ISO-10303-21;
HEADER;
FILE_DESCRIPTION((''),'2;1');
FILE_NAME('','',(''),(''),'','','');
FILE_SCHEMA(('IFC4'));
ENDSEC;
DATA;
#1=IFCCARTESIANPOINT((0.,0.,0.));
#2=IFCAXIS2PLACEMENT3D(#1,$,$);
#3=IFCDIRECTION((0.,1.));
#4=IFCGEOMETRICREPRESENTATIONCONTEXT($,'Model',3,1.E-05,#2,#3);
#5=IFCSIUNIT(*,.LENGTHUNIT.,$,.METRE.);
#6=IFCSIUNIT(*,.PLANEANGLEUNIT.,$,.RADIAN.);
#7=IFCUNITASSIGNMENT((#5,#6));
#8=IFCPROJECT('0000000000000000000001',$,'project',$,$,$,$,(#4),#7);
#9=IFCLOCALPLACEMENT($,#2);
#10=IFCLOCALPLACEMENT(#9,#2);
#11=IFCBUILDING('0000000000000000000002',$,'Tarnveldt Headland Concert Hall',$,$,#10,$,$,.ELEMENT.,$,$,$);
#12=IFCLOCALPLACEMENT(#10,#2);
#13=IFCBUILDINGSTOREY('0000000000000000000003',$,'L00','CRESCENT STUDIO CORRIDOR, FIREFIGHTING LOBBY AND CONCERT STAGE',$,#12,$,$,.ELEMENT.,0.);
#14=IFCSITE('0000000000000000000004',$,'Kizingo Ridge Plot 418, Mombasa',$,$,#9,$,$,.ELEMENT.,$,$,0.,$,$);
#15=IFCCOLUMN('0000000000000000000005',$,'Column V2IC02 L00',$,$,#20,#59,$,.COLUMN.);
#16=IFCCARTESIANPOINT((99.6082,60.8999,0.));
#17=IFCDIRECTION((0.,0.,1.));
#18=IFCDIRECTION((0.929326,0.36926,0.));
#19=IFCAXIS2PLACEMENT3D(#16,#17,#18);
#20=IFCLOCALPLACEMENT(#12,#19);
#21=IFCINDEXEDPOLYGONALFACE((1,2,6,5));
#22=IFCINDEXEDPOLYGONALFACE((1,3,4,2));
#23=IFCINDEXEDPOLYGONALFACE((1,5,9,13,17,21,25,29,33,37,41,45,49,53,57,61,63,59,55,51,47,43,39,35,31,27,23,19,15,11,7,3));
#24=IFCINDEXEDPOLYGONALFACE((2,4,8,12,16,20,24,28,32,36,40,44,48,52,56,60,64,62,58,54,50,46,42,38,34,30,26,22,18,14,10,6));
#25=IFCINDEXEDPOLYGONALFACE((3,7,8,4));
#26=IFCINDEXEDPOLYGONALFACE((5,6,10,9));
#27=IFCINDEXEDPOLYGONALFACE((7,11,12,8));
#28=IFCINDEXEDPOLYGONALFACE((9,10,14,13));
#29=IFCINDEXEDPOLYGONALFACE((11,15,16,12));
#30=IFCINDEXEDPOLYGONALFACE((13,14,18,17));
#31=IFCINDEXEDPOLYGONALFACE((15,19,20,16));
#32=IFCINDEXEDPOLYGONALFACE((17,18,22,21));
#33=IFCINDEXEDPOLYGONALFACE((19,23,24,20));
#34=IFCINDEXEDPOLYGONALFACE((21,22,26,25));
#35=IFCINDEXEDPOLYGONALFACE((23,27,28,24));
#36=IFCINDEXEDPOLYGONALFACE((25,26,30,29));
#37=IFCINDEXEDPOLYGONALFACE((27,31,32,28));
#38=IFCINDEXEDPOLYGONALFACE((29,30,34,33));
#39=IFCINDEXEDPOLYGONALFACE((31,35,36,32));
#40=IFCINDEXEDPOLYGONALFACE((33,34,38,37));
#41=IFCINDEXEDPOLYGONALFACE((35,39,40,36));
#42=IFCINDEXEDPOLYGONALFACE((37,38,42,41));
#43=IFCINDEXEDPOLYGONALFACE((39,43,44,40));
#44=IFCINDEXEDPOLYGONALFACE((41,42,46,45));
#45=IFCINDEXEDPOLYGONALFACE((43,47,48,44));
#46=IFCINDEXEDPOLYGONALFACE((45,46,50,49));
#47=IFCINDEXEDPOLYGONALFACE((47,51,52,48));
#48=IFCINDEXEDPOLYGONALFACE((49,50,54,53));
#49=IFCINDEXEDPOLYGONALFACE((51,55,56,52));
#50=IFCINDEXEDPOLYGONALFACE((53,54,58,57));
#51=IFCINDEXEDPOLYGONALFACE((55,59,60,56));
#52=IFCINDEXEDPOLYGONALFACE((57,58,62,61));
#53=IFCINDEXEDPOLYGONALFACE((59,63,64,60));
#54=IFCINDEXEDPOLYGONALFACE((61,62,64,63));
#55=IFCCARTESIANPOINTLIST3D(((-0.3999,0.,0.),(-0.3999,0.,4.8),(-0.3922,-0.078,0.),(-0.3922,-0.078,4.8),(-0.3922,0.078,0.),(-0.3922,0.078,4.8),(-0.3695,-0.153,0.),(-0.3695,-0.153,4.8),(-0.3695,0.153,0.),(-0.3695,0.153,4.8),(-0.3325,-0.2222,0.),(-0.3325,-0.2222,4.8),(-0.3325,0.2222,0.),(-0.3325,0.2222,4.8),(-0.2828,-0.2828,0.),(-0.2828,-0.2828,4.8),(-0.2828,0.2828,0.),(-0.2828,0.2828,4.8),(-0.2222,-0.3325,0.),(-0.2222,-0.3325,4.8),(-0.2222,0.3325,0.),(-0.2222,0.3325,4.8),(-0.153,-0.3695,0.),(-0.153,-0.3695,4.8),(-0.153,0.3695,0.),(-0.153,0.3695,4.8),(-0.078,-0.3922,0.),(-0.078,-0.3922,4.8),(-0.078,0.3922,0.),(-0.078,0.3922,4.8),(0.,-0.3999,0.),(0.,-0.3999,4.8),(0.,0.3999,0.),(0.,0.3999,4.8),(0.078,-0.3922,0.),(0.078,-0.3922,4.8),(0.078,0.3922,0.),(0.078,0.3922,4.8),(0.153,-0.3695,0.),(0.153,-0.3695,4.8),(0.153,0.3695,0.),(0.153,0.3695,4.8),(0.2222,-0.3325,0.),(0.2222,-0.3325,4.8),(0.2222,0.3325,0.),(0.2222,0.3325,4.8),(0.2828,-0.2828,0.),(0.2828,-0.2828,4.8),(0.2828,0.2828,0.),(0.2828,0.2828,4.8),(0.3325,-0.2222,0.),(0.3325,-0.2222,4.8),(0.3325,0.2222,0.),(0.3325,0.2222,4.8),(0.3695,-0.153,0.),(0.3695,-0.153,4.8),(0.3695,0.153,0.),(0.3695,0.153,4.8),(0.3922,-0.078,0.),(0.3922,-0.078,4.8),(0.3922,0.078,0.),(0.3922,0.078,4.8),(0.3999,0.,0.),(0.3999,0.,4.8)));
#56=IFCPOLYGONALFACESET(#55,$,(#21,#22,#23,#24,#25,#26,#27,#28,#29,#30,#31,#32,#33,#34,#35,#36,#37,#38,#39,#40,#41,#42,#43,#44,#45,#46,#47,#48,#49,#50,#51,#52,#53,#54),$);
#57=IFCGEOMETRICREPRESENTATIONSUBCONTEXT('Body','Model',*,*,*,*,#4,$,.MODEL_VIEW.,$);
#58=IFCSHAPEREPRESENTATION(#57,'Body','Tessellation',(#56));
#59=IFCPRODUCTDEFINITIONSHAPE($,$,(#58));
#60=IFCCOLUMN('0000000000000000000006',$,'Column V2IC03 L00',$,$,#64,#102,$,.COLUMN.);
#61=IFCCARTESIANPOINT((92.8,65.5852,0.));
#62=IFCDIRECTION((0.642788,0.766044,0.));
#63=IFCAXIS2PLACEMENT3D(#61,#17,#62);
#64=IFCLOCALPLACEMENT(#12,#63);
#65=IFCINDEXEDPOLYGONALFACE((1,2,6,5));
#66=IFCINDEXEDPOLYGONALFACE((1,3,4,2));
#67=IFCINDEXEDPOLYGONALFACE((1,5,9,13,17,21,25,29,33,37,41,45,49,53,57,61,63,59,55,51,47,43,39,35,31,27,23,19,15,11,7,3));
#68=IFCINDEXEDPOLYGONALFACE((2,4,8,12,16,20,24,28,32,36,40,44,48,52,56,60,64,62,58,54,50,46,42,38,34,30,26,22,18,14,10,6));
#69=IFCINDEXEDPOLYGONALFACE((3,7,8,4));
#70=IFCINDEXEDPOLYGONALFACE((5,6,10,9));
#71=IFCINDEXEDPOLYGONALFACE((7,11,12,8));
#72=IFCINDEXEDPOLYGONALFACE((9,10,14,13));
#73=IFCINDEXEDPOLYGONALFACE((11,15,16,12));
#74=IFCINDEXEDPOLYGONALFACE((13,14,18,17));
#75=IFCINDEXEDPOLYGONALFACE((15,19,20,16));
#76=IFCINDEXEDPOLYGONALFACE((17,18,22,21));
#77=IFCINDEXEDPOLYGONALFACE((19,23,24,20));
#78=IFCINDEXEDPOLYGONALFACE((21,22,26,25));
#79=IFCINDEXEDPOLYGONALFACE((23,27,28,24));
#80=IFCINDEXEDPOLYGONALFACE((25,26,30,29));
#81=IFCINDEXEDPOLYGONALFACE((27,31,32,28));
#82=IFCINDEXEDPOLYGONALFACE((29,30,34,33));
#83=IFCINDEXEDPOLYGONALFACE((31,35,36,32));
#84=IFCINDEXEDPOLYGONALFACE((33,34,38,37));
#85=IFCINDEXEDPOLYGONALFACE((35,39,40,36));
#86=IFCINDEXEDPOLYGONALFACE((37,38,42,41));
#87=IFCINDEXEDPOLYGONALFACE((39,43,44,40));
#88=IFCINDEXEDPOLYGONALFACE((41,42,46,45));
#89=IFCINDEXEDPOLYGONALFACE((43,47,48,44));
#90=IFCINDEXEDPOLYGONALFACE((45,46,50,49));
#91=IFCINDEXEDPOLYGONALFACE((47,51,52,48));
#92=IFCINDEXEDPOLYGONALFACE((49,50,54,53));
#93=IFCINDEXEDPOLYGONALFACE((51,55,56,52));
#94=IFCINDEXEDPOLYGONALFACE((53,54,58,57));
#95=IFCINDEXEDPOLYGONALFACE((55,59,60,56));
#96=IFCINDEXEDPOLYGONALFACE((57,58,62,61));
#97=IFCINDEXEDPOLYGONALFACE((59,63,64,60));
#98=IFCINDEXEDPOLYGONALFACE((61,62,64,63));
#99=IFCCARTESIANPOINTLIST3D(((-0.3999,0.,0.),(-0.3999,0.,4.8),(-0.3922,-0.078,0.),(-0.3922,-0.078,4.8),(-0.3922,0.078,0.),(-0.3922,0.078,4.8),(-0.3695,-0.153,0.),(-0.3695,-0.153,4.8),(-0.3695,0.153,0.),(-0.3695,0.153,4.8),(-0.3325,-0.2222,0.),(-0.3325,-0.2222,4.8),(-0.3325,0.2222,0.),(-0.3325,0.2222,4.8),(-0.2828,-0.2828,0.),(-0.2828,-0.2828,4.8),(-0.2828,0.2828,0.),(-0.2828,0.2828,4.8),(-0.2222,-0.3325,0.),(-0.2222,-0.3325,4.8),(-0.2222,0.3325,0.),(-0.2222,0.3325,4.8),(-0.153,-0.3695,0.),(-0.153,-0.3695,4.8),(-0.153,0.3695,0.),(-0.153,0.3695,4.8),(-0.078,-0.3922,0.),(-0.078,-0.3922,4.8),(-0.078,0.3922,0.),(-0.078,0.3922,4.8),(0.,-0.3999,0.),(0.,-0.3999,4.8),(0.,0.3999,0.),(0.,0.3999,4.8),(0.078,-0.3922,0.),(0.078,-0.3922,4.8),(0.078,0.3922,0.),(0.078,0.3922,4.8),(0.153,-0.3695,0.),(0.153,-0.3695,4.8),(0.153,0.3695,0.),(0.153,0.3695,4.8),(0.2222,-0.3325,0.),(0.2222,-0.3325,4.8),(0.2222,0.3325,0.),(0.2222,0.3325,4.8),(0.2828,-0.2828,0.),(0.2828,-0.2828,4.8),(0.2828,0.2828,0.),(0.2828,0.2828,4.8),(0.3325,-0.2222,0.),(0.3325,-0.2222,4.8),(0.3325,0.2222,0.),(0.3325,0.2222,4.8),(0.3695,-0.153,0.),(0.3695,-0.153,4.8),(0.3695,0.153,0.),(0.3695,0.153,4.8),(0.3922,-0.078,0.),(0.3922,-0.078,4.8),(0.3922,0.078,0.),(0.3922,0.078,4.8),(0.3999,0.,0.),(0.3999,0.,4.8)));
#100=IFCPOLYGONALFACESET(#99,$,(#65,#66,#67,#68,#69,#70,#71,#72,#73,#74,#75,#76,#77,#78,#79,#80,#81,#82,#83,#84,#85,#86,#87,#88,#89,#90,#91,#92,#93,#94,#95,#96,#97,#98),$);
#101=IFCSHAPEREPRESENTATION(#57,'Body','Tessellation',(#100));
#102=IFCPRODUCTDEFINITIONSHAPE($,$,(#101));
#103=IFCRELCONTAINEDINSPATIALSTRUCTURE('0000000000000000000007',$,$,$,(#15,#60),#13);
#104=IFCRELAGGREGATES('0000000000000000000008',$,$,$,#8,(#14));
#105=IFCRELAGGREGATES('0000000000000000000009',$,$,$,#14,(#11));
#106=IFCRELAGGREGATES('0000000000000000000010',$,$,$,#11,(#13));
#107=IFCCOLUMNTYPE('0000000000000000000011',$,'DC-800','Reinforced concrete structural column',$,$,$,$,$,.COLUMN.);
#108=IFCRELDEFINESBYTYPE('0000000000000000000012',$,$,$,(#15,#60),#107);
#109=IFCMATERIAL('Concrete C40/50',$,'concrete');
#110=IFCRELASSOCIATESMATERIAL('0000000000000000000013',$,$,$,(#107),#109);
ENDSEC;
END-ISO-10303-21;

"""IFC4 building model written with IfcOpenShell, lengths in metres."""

from ifc_helpers import new_model, si_unit, direction, frame, origin, origin_2d, place, context, subcontext, project, spatial, circle, extrude, material, material_profile, profile_set, type_object, element, save


model = new_model("IFC4")

# Units and contexts
model_context = context("Model", 3, precision=1e-05, world=origin(), true_north=direction((0.0, 1.0)))
body_context = subcontext(model_context, "Body", "Model", "MODEL_VIEW")
ifc_project = project(units=[si_unit("LENGTHUNIT", "METRE"), si_unit("PLANEANGLEUNIT", "RADIAN")], contexts=[model_context])

# Site, building, storey
site_placement = place(None, origin())
site = spatial("IfcSite", under=ifc_project, at=site_placement, Name="Kizingo Ridge Plot 418, Mombasa", CompositionType="ELEMENT", RefElevation=0.0)
building_placement = place(site_placement, origin())
building = spatial("IfcBuilding", under=site, at=building_placement, Name="Tarnveldt Headland Concert Hall", CompositionType="ELEMENT")
storey_placement = place(building_placement, origin())
storey = spatial("IfcBuildingStorey", under=building, at=storey_placement, Name="L00", Description="CRESCENT STUDIO CORRIDOR, FIREFIGHTING LOBBY AND CONCERT STAGE", CompositionType="ELEMENT", Elevation=0.0)

# Columns
ifc_material_1 = material(Name="Concrete C40/50", Category="concrete")
ifc_material_profile_1 = material_profile(ifc_material_1, circle(Radius=0.3999, at=origin_2d()), Name="RC D800", Category="concrete")
ifc_profile_set_1 = profile_set([ifc_material_profile_1], Name="Concrete C40/50")
column_type_1 = type_object("IfcColumnType", Name="DC-800", Description="Reinforced concrete structural column", PredefinedType="COLUMN", material=ifc_profile_set_1)
for number, where, z_axis, x_axis, name in (
    (1, (99.6082, 60.8999, 0.0), (0.0, 0.0, 1.0), (0.929326, 0.36926, 0.0), "Column V2IC02 L00"),
    (2, (92.8, 65.5852, 0.0), (0.0, 0.0, 1.0), (0.642788, 0.766044, 0.0), "Column V2IC03 L00"),
):
    element("IfcColumn", number, at=place(storey_placement, frame(where, z_axis=z_axis, x_axis=x_axis)), inside=storey, type_object=column_type_1, Name=name, PredefinedType="COLUMN", context=body_context, shape_type="SweptSolid", body=[
        extrude(circle(Radius=0.3999, at=origin_2d()), origin(), (0.0, 0.0, 1.0), 4.8),
    ])

save(model, "model.ifc")
